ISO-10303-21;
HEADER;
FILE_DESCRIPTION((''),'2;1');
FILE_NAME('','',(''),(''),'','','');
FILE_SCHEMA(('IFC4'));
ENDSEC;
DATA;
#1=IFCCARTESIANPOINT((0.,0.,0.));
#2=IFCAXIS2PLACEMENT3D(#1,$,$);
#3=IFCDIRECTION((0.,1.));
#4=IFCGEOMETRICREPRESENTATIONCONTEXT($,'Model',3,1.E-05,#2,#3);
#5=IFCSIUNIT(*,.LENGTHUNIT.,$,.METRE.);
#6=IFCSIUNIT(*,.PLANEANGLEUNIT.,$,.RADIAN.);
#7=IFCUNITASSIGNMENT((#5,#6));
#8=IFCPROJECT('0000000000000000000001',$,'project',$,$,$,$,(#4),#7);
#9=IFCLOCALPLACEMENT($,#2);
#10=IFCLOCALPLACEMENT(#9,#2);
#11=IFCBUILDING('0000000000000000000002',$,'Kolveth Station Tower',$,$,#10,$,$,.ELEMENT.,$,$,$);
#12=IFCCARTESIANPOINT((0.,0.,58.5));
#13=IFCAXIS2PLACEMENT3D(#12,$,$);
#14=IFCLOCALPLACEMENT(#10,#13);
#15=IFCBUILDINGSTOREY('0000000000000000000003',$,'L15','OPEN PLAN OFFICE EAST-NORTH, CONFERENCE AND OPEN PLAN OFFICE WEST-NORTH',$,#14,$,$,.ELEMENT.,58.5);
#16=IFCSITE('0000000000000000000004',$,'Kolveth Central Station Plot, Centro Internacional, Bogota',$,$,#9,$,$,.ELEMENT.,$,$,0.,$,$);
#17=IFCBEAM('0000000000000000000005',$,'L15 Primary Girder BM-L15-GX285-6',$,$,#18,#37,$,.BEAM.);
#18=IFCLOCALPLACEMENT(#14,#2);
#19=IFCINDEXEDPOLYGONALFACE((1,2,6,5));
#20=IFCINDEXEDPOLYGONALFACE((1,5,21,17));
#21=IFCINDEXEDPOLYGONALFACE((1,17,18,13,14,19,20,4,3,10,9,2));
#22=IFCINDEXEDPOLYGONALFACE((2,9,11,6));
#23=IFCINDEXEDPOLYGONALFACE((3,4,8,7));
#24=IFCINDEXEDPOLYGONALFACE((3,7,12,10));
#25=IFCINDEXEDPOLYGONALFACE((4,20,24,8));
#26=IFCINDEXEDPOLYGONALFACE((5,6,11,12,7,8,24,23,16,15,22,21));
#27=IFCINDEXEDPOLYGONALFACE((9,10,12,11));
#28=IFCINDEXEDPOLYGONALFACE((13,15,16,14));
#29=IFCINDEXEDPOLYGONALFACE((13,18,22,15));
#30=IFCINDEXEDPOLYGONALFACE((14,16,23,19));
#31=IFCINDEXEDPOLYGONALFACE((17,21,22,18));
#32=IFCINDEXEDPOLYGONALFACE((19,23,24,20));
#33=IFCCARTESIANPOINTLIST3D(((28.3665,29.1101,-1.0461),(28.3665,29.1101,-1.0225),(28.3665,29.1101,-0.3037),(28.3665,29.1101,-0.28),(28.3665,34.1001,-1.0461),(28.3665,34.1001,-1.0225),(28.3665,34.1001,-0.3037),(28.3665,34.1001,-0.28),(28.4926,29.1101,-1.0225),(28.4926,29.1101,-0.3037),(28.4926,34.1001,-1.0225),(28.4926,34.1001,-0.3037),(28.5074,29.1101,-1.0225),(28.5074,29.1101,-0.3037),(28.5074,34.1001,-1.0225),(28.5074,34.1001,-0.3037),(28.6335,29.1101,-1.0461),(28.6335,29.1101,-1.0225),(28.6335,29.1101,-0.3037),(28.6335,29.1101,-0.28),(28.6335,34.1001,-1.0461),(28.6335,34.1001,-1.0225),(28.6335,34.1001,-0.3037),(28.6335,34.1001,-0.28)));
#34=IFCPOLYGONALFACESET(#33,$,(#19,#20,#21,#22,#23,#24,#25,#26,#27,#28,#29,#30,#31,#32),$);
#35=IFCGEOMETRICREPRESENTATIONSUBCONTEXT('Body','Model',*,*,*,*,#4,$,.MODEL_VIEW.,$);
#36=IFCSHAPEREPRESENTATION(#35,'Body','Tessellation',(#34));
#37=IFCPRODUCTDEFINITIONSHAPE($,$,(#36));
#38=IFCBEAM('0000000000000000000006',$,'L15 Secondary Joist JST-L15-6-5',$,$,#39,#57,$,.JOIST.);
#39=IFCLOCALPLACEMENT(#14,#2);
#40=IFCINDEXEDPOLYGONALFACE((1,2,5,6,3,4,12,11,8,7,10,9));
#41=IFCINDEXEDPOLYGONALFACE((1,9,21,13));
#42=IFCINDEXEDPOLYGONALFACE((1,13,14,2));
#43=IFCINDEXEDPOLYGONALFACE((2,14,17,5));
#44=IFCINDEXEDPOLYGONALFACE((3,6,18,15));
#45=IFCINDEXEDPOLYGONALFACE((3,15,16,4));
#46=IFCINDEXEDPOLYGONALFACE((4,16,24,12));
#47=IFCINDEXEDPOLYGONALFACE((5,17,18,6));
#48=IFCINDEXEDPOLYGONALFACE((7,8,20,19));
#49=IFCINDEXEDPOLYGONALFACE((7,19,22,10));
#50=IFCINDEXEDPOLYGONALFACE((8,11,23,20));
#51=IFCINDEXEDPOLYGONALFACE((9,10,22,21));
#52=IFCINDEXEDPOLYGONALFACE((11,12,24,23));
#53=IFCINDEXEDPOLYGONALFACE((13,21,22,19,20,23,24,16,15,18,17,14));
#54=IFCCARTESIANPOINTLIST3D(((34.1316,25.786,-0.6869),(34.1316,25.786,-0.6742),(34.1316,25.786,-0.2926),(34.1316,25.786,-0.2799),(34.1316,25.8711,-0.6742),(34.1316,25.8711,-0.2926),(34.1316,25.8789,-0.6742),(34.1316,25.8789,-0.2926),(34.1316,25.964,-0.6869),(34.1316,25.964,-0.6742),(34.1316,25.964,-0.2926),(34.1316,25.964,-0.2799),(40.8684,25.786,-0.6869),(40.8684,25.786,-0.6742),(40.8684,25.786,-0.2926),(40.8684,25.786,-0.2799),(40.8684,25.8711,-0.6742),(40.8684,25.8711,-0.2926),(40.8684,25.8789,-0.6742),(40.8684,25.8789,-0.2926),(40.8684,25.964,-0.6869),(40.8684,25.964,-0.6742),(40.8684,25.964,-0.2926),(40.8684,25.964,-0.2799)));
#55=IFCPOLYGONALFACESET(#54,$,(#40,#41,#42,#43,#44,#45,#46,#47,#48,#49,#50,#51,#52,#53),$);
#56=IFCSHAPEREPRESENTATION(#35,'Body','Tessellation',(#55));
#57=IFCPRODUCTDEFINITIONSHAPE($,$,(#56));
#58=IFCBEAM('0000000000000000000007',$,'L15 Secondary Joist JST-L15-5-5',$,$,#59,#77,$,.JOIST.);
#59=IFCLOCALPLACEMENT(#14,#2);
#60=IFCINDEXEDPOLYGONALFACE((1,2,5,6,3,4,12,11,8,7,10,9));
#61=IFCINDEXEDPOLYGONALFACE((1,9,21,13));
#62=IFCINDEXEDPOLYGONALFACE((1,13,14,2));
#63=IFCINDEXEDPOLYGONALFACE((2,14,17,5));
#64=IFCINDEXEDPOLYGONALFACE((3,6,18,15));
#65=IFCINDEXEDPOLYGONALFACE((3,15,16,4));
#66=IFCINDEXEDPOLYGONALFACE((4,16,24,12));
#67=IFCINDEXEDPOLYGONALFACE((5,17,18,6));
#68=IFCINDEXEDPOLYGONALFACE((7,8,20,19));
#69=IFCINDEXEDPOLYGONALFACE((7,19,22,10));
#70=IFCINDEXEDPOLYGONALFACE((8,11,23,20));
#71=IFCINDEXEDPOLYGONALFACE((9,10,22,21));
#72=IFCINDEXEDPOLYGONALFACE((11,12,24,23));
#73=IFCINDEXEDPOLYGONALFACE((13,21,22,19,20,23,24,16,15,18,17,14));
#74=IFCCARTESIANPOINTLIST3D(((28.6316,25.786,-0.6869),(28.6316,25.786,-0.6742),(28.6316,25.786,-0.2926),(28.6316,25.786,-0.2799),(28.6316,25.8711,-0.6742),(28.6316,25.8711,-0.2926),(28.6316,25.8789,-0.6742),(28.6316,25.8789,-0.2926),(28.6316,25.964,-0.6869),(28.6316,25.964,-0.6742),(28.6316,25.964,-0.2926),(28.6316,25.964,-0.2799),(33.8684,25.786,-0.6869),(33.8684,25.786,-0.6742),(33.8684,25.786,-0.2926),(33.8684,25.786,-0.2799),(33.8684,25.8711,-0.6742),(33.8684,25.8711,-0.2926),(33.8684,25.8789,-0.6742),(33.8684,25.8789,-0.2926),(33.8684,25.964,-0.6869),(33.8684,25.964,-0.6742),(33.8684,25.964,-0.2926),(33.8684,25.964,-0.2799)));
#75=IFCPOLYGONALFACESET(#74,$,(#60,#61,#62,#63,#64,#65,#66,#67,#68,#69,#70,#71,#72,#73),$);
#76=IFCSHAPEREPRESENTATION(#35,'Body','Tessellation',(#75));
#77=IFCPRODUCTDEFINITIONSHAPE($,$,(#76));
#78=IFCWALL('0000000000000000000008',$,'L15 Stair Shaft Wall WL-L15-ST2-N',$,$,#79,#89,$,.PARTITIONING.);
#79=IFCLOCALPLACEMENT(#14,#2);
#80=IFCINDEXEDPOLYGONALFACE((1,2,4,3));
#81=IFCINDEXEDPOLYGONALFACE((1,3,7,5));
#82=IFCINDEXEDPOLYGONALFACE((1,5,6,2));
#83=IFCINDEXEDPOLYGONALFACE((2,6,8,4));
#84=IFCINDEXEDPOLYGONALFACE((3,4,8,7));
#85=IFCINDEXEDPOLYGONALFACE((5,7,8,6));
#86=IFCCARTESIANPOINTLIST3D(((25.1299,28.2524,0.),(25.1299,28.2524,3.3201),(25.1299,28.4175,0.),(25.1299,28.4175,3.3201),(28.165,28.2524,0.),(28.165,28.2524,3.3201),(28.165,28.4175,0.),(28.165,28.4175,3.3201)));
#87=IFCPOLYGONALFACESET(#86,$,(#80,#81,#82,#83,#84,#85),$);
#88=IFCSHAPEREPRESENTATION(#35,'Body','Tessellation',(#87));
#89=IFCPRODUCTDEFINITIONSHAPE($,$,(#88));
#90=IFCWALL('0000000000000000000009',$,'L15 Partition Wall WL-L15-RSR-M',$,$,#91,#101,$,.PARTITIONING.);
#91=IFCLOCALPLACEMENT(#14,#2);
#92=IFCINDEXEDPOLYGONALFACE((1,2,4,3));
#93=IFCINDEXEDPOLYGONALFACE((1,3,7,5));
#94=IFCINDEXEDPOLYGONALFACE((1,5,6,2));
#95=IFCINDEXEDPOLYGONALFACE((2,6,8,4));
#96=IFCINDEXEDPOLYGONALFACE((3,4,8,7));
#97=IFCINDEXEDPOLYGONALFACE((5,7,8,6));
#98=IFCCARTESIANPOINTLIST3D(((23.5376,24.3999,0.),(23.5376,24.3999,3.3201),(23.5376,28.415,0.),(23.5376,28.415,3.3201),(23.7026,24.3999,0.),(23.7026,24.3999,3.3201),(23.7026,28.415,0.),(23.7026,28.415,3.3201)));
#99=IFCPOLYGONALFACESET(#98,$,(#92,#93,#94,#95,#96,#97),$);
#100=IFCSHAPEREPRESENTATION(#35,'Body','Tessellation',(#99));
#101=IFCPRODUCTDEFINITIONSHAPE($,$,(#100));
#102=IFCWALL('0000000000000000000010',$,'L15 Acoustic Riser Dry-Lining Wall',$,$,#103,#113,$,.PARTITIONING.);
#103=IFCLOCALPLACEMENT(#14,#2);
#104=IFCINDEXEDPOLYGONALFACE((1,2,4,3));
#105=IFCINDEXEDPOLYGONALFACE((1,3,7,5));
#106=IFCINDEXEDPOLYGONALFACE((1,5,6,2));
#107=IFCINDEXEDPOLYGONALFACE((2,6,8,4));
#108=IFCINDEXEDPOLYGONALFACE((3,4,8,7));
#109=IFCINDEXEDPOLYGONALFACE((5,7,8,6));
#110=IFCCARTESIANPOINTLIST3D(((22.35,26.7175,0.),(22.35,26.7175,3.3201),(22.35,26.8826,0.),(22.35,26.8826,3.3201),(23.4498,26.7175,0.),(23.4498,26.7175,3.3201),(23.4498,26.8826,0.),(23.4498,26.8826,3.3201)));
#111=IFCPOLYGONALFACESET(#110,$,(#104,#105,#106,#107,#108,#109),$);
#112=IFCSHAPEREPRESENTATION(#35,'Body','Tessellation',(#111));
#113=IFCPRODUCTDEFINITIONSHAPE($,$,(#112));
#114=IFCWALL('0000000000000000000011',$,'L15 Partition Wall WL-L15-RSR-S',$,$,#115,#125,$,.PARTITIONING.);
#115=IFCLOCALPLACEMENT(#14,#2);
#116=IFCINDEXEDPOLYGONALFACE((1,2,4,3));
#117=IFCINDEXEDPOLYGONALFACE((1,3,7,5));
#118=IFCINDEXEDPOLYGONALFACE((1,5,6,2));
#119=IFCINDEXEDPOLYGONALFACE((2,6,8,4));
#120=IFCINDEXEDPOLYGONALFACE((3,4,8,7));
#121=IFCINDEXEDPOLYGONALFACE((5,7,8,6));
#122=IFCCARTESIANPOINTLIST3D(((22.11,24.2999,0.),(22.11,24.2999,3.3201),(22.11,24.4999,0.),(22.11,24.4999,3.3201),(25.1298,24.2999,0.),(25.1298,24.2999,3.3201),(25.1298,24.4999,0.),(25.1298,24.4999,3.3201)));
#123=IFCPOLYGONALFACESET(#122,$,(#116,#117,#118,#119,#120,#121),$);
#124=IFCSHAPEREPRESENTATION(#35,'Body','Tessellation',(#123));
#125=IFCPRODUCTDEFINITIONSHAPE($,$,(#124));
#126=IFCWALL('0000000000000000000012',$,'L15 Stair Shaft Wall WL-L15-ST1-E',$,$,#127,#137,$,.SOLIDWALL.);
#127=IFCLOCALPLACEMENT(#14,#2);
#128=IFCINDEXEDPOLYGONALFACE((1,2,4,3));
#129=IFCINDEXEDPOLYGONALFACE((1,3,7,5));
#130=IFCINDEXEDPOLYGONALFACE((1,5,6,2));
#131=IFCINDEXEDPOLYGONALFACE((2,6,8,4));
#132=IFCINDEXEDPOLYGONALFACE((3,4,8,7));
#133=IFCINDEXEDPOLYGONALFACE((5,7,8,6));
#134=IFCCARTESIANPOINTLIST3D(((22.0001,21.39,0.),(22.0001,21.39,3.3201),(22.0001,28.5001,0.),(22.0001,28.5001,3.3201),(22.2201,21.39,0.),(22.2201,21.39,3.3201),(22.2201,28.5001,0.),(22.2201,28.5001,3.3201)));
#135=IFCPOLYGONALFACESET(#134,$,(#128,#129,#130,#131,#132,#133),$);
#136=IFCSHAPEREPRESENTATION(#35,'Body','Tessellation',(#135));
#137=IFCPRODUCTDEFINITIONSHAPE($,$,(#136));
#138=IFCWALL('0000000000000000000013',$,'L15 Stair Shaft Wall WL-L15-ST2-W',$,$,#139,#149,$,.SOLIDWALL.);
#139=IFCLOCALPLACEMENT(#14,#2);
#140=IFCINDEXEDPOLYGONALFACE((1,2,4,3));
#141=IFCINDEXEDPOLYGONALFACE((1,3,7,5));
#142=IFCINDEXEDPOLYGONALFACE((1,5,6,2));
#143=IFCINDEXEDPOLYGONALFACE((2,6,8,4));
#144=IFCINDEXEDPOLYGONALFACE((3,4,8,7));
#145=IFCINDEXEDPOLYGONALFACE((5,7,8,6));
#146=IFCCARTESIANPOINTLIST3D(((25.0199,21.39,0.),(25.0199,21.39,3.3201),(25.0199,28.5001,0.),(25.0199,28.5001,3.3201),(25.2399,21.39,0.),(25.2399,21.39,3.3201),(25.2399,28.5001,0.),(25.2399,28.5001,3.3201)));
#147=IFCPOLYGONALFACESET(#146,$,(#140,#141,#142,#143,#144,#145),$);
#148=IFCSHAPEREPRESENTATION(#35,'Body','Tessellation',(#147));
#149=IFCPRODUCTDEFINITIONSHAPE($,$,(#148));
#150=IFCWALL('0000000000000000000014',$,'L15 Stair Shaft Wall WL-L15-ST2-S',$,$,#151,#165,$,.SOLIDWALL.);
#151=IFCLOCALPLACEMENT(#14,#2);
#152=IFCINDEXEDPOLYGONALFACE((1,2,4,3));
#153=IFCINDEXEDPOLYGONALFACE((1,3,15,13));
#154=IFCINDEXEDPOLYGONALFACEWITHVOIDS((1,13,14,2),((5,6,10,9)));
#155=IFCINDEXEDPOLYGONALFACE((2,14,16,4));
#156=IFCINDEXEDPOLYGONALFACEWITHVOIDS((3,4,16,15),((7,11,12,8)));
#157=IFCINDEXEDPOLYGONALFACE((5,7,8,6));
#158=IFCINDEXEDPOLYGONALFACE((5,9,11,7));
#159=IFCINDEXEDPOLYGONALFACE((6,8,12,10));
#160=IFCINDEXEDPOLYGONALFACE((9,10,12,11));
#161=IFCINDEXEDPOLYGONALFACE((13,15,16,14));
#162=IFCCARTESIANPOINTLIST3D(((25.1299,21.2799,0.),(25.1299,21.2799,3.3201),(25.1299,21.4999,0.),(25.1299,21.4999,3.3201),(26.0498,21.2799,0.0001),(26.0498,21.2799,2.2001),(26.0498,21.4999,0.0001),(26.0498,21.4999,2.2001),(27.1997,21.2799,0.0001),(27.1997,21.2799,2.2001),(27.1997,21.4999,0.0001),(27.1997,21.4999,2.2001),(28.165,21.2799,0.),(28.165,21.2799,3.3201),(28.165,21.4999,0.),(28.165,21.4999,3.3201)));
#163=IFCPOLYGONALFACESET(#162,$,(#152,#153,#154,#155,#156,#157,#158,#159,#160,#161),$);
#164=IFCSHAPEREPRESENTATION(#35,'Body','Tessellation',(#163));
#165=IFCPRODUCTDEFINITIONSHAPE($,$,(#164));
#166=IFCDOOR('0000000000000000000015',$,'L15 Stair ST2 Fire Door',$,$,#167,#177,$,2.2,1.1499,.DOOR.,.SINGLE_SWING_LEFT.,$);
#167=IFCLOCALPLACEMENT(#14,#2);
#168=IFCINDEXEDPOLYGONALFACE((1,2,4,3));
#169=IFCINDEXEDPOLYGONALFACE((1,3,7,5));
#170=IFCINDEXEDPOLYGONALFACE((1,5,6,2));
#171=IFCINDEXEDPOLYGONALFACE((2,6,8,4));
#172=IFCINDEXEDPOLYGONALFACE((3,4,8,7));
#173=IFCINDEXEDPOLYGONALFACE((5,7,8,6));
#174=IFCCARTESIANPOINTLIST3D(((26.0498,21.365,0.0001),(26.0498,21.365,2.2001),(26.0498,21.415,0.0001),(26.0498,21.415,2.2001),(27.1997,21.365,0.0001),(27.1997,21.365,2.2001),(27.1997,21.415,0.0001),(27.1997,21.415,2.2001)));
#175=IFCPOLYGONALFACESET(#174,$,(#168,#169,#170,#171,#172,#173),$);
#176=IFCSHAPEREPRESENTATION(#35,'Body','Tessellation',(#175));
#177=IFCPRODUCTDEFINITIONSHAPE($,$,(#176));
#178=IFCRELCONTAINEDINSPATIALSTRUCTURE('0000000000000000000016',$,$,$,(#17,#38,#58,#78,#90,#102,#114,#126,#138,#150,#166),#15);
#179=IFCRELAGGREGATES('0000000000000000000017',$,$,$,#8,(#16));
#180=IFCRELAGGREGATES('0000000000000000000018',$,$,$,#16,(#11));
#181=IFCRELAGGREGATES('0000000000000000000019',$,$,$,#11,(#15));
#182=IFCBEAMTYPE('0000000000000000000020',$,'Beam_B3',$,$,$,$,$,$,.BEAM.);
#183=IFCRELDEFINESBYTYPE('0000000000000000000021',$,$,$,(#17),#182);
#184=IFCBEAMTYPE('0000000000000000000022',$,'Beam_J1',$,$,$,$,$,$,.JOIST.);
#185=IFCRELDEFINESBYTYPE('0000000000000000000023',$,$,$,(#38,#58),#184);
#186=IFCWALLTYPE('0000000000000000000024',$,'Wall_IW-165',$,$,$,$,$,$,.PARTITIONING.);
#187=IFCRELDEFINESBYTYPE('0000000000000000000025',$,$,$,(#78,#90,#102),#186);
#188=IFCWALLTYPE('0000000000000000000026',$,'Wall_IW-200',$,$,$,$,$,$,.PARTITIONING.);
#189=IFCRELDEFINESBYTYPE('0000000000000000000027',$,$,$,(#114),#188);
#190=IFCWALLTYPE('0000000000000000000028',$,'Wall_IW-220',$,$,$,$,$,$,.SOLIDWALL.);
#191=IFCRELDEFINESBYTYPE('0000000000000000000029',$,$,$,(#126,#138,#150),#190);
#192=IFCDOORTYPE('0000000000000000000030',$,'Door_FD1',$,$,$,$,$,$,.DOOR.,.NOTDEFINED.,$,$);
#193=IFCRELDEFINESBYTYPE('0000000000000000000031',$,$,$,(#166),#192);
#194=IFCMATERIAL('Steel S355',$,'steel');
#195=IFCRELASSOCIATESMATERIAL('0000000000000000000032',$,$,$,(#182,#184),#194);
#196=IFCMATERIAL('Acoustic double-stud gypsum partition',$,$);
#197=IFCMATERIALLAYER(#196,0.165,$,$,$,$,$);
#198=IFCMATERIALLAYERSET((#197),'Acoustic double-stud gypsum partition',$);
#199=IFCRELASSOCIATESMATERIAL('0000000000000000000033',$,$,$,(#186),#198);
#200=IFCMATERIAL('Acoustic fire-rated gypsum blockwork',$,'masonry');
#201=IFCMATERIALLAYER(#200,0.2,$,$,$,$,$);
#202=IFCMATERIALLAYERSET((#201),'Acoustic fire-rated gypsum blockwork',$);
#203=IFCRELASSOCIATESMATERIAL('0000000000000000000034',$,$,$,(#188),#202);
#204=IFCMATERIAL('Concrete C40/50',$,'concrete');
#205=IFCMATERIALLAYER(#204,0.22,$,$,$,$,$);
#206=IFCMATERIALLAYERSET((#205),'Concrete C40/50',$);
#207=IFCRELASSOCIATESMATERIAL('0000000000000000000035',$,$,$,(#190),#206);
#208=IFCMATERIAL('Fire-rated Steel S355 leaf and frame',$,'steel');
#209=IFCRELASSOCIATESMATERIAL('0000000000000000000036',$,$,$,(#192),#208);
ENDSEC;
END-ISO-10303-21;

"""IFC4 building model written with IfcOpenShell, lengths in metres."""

from ifc_helpers import new_model, si_unit, direction, frame, frame_2d, origin, origin_2d, place, context, subcontext, project, spatial, rectangle, i_section, extrude, source, transform, mapped, material, layer, layer_set, material_profile, profile_set, type_object, element, fill, save


model = new_model("IFC4")

# Units and contexts
model_context = context("Model", 3, precision=1e-05, world=origin(), true_north=direction((0.0, 1.0)))
body_context = subcontext(model_context, "Body", "Model", "MODEL_VIEW")
ifc_project = project(units=[si_unit("LENGTHUNIT", "METRE"), si_unit("PLANEANGLEUNIT", "RADIAN")], contexts=[model_context])

# Site, building, storey
site_placement = place(None, origin())
site = spatial("IfcSite", under=ifc_project, at=site_placement, Name="Kolveth Central Station Plot, Centro Internacional, Bogota", CompositionType="ELEMENT", RefElevation=0.0)
building_placement = place(site_placement, origin())
building = spatial("IfcBuilding", under=site, at=building_placement, Name="Kolveth Station Tower", CompositionType="ELEMENT")
storey_placement = place(building_placement, frame((0.0, 0.0, 58.5)))
storey = spatial("IfcBuildingStorey", under=building, at=storey_placement, Name="L15", Description="OPEN PLAN OFFICE EAST-NORTH, CONFERENCE AND OPEN PLAN OFFICE WEST-NORTH", CompositionType="ELEMENT", Elevation=58.5)

# Beams
ifc_material_1 = material(Name="Steel S355", Category="steel")
ifc_material_profile_1 = material_profile(ifc_material_1, i_section(OverallWidth=0.2671, OverallDepth=0.7661, WebThickness=0.0149, FlangeThickness=0.0237, at=origin_2d()), Name="W760x185")
ifc_profile_set_1 = profile_set([ifc_material_profile_1], Name="Steel S355")
beam_type_1 = type_object("IfcBeamType", Name="Beam_B3", PredefinedType="BEAM", material=ifc_profile_set_1)
shared_shape_1 = source(origin(), body_context, "Body", "SweptSolid", [
    extrude(i_section(OverallWidth=0.2671, OverallDepth=0.7661, WebThickness=0.0149, FlangeThickness=0.0237, at=origin_2d()), origin(), (0.0, 0.0, 1.0), 4.99),
])
beam_1_placement = place(storey_placement, frame((28.5, 29.1101, -0.6631), z_axis=(0.0, 1.0, 0.0), x_axis=(-1.0, 0.0, 0.0)))
element("IfcBeam", 1, at=beam_1_placement, inside=storey, type_object=beam_type_1, Name="L15 Primary Girder BM-L15-GX285-6", PredefinedType="BEAM", context=body_context, shape_type="MappedRepresentation", body=[
    mapped(shared_shape_1, transform((0.0, 0.0, 0.0), x_axis=(1.0, 0.0, 0.0), y_axis=(0.0, 1.0, 0.0), z_axis=(0.0, 0.0, 1.0), scale=1.0)),
])
ifc_material_profile_2 = material_profile(ifc_material_1, i_section(OverallWidth=0.178, OverallDepth=0.407, WebThickness=0.0078, FlangeThickness=0.0127, at=origin_2d()), Name="W410x60")
ifc_profile_set_2 = profile_set([ifc_material_profile_2], Name="Steel S355")
beam_type_2 = type_object("IfcBeamType", Name="Beam_J1", PredefinedType="JOIST", material=ifc_profile_set_2)
shared_shape_2 = source(origin(), body_context, "Body", "SweptSolid", [
    extrude(i_section(OverallWidth=0.178, OverallDepth=0.407, WebThickness=0.0078, FlangeThickness=0.0127, at=origin_2d()), origin(), (0.0, 0.0, 1.0), 6.7368),
])
beam_2_placement = place(storey_placement, frame((34.1316, 25.875, -0.4834), z_axis=(1.0, 0.0, 0.0), x_axis=(0.0, 1.0, 0.0)))
element("IfcBeam", 2, at=beam_2_placement, inside=storey, type_object=beam_type_2, Name="L15 Secondary Joist JST-L15-6-5", PredefinedType="JOIST", context=body_context, shape_type="MappedRepresentation", body=[
    mapped(shared_shape_2, transform((0.0, 0.0, 0.0), x_axis=(1.0, 0.0, 0.0), y_axis=(0.0, 1.0, 0.0), z_axis=(0.0, 0.0, 1.0), scale=1.0)),
])
shared_shape_3 = source(origin(), body_context, "Body", "SweptSolid", [
    extrude(i_section(OverallWidth=0.178, OverallDepth=0.407, WebThickness=0.0078, FlangeThickness=0.0127, at=origin_2d()), origin(), (0.0, 0.0, 1.0), 5.2368),
])
beam_3_placement = place(storey_placement, frame((28.6316, 25.875, -0.4834), z_axis=(1.0, 0.0, 0.0), x_axis=(0.0, 1.0, 0.0)))
element("IfcBeam", 3, at=beam_3_placement, inside=storey, type_object=beam_type_2, Name="L15 Secondary Joist JST-L15-5-5", PredefinedType="JOIST", context=body_context, shape_type="MappedRepresentation", body=[
    mapped(shared_shape_3, transform((0.0, 0.0, 0.0), x_axis=(1.0, 0.0, 0.0), y_axis=(0.0, 1.0, 0.0), z_axis=(0.0, 0.0, 1.0), scale=1.0)),
])

# Walls
ifc_material_2 = material(Name="Acoustic double-stud gypsum partition")
ifc_layer_1 = layer(ifc_material_2, 0.165)
ifc_layer_set_1 = layer_set([ifc_layer_1], Name="Acoustic double-stud gypsum partition")
wall_type_1 = type_object("IfcWallType", Name="Wall_IW-165", PredefinedType="PARTITIONING", material=ifc_layer_set_1)
wall_1_placement = place(storey_placement, frame((25.1299, 28.335, 0.0), z_axis=(0.0, 0.0, 1.0), x_axis=(1.0, 0.0, 0.0)))
element("IfcWall", 4, at=wall_1_placement, inside=storey, type_object=wall_type_1, Name="L15 Stair Shaft Wall WL-L15-ST2-N", PredefinedType="PARTITIONING", context=body_context, shape_type="SweptSolid", body=[
    extrude(rectangle(XDim=3.0352, YDim=0.165, at=frame_2d((1.5176, 0.0))), origin(), (0.0, 0.0, 1.0), 3.3201),
])
wall_2_placement = place(storey_placement, frame((23.6201, 24.3999, 0.0), z_axis=(0.0, 0.0, 1.0), x_axis=(0.0, 1.0, 0.0)))
element("IfcWall", 5, at=wall_2_placement, inside=storey, type_object=wall_type_1, Name="L15 Partition Wall WL-L15-RSR-M", PredefinedType="PARTITIONING", context=body_context, shape_type="SweptSolid", body=[
    extrude(rectangle(XDim=4.0151, YDim=0.165, at=frame_2d((2.0076, 0.0))), origin(), (0.0, 0.0, 1.0), 3.3201),
])
wall_3_placement = place(storey_placement, frame((22.3501, 26.8, 0.0), z_axis=(0.0, 0.0, 1.0), x_axis=(1.0, 0.0, 0.0)))
element("IfcWall", 6, at=wall_3_placement, inside=storey, type_object=wall_type_1, Name="L15 Acoustic Riser Dry-Lining Wall", PredefinedType="PARTITIONING", context=body_context, shape_type="SweptSolid", body=[
    extrude(rectangle(XDim=1.0999, YDim=0.165, at=frame_2d((0.5498, 0.0))), origin(), (0.0, 0.0, 1.0), 3.3201),
])
ifc_material_3 = material(Name="Acoustic fire-rated gypsum blockwork", Category="masonry")
ifc_layer_2 = layer(ifc_material_3, 0.2)
ifc_layer_set_2 = layer_set([ifc_layer_2], Name="Acoustic fire-rated gypsum blockwork")
wall_type_2 = type_object("IfcWallType", Name="Wall_IW-200", PredefinedType="PARTITIONING", material=ifc_layer_set_2)
wall_4_placement = place(storey_placement, frame((22.1101, 24.3999, 0.0), z_axis=(0.0, 0.0, 1.0), x_axis=(1.0, 0.0, 0.0)))
element("IfcWall", 7, at=wall_4_placement, inside=storey, type_object=wall_type_2, Name="L15 Partition Wall WL-L15-RSR-S", PredefinedType="PARTITIONING", context=body_context, shape_type="SweptSolid", body=[
    extrude(rectangle(XDim=3.0198, YDim=0.2, at=frame_2d((1.5098, 0.0))), origin(), (0.0, 0.0, 1.0), 3.3201),
])
ifc_material_4 = material(Name="Concrete C40/50", Category="concrete")
ifc_layer_3 = layer(ifc_material_4, 0.22)
ifc_layer_set_3 = layer_set([ifc_layer_3], Name="Concrete C40/50")
wall_type_3 = type_object("IfcWallType", Name="Wall_IW-220", PredefinedType="SOLIDWALL", material=ifc_layer_set_3)
for number, where, z_axis, x_axis, name in (
    (8, (22.1101, 21.3899, 0.0), (0.0, 0.0, 1.0), (0.0, 1.0, 0.0), "L15 Stair Shaft Wall WL-L15-ST1-E"),
    (9, (25.1299, 21.3899, 0.0), (0.0, 0.0, 1.0), (0.0, 1.0, 0.0), "L15 Stair Shaft Wall WL-L15-ST2-W"),
):
    element("IfcWall", number, at=place(storey_placement, frame(where, z_axis=z_axis, x_axis=x_axis)), inside=storey, type_object=wall_type_3, Name=name, PredefinedType="SOLIDWALL", context=body_context, shape_type="SweptSolid", body=[
        extrude(rectangle(XDim=7.1101, YDim=0.22, at=frame_2d((3.5552, 0.0))), origin(), (0.0, 0.0, 1.0), 3.3201),
    ])

# Wall, opening, door
wall_5_placement = place(storey_placement, frame((25.1299, 21.3899, 0.0), z_axis=(0.0, 0.0, 1.0), x_axis=(1.0, 0.0, 0.0)))
wall_5 = element("IfcWall", 10, at=wall_5_placement, inside=storey, type_object=wall_type_3, Name="L15 Stair Shaft Wall WL-L15-ST2-S", PredefinedType="SOLIDWALL", context=body_context, shape_type="SweptSolid", body=[
    extrude(rectangle(XDim=3.0352, YDim=0.22, at=frame_2d((1.5176, 0.0))), origin(), (0.0, 0.0, 1.0), 3.3201),
])
opening_placement = place(wall_5_placement, frame((0.9199, 0.0, 0.0)))
opening = element("IfcOpeningElement", 11, at=opening_placement, cuts=wall_5, PredefinedType="OPENING", context=body_context, shape_type="SweptSolid", body=[
    extrude(rectangle(XDim=1.1499, YDim=2.2, at=frame_2d((0.575, 1.1001))), frame((0.0, 0.1199, 0.0), z_axis=(0.0, -1.0, 0.0), x_axis=(1.0, 0.0, 0.0)), (0.0, 0.0, 1.0), 0.24),
])
ifc_material_5 = material(Name="Fire-rated Steel S355 leaf and frame", Category="steel")
door_type = type_object("IfcDoorType", Name="Door_FD1", OperationType="NOTDEFINED", PredefinedType="DOOR", material=ifc_material_5)
door_placement = place(opening_placement, frame((1.1499, 0.0, 0.0), z_axis=(0.0, 0.0, 1.0), x_axis=(-1.0, 0.0, 0.0)))
door = element("IfcDoor", 12, at=door_placement, inside=storey, type_object=door_type, Name="L15 Stair ST2 Fire Door", OperationType="SINGLE_SWING_LEFT", OverallHeight=2.2, OverallWidth=1.1499, PredefinedType="DOOR", context=body_context, shape_type="SweptSolid", body=[
    extrude(rectangle(XDim=1.1499, YDim=2.2, at=frame_2d((0.575, 1.1001))), frame((0.0, 0.0249, 0.0), z_axis=(0.0, -1.0, 0.0), x_axis=(1.0, 0.0, 0.0)), (0.0, 0.0, 1.0), 0.05),
])
fill(opening, door)

save(model, "model.ifc")
